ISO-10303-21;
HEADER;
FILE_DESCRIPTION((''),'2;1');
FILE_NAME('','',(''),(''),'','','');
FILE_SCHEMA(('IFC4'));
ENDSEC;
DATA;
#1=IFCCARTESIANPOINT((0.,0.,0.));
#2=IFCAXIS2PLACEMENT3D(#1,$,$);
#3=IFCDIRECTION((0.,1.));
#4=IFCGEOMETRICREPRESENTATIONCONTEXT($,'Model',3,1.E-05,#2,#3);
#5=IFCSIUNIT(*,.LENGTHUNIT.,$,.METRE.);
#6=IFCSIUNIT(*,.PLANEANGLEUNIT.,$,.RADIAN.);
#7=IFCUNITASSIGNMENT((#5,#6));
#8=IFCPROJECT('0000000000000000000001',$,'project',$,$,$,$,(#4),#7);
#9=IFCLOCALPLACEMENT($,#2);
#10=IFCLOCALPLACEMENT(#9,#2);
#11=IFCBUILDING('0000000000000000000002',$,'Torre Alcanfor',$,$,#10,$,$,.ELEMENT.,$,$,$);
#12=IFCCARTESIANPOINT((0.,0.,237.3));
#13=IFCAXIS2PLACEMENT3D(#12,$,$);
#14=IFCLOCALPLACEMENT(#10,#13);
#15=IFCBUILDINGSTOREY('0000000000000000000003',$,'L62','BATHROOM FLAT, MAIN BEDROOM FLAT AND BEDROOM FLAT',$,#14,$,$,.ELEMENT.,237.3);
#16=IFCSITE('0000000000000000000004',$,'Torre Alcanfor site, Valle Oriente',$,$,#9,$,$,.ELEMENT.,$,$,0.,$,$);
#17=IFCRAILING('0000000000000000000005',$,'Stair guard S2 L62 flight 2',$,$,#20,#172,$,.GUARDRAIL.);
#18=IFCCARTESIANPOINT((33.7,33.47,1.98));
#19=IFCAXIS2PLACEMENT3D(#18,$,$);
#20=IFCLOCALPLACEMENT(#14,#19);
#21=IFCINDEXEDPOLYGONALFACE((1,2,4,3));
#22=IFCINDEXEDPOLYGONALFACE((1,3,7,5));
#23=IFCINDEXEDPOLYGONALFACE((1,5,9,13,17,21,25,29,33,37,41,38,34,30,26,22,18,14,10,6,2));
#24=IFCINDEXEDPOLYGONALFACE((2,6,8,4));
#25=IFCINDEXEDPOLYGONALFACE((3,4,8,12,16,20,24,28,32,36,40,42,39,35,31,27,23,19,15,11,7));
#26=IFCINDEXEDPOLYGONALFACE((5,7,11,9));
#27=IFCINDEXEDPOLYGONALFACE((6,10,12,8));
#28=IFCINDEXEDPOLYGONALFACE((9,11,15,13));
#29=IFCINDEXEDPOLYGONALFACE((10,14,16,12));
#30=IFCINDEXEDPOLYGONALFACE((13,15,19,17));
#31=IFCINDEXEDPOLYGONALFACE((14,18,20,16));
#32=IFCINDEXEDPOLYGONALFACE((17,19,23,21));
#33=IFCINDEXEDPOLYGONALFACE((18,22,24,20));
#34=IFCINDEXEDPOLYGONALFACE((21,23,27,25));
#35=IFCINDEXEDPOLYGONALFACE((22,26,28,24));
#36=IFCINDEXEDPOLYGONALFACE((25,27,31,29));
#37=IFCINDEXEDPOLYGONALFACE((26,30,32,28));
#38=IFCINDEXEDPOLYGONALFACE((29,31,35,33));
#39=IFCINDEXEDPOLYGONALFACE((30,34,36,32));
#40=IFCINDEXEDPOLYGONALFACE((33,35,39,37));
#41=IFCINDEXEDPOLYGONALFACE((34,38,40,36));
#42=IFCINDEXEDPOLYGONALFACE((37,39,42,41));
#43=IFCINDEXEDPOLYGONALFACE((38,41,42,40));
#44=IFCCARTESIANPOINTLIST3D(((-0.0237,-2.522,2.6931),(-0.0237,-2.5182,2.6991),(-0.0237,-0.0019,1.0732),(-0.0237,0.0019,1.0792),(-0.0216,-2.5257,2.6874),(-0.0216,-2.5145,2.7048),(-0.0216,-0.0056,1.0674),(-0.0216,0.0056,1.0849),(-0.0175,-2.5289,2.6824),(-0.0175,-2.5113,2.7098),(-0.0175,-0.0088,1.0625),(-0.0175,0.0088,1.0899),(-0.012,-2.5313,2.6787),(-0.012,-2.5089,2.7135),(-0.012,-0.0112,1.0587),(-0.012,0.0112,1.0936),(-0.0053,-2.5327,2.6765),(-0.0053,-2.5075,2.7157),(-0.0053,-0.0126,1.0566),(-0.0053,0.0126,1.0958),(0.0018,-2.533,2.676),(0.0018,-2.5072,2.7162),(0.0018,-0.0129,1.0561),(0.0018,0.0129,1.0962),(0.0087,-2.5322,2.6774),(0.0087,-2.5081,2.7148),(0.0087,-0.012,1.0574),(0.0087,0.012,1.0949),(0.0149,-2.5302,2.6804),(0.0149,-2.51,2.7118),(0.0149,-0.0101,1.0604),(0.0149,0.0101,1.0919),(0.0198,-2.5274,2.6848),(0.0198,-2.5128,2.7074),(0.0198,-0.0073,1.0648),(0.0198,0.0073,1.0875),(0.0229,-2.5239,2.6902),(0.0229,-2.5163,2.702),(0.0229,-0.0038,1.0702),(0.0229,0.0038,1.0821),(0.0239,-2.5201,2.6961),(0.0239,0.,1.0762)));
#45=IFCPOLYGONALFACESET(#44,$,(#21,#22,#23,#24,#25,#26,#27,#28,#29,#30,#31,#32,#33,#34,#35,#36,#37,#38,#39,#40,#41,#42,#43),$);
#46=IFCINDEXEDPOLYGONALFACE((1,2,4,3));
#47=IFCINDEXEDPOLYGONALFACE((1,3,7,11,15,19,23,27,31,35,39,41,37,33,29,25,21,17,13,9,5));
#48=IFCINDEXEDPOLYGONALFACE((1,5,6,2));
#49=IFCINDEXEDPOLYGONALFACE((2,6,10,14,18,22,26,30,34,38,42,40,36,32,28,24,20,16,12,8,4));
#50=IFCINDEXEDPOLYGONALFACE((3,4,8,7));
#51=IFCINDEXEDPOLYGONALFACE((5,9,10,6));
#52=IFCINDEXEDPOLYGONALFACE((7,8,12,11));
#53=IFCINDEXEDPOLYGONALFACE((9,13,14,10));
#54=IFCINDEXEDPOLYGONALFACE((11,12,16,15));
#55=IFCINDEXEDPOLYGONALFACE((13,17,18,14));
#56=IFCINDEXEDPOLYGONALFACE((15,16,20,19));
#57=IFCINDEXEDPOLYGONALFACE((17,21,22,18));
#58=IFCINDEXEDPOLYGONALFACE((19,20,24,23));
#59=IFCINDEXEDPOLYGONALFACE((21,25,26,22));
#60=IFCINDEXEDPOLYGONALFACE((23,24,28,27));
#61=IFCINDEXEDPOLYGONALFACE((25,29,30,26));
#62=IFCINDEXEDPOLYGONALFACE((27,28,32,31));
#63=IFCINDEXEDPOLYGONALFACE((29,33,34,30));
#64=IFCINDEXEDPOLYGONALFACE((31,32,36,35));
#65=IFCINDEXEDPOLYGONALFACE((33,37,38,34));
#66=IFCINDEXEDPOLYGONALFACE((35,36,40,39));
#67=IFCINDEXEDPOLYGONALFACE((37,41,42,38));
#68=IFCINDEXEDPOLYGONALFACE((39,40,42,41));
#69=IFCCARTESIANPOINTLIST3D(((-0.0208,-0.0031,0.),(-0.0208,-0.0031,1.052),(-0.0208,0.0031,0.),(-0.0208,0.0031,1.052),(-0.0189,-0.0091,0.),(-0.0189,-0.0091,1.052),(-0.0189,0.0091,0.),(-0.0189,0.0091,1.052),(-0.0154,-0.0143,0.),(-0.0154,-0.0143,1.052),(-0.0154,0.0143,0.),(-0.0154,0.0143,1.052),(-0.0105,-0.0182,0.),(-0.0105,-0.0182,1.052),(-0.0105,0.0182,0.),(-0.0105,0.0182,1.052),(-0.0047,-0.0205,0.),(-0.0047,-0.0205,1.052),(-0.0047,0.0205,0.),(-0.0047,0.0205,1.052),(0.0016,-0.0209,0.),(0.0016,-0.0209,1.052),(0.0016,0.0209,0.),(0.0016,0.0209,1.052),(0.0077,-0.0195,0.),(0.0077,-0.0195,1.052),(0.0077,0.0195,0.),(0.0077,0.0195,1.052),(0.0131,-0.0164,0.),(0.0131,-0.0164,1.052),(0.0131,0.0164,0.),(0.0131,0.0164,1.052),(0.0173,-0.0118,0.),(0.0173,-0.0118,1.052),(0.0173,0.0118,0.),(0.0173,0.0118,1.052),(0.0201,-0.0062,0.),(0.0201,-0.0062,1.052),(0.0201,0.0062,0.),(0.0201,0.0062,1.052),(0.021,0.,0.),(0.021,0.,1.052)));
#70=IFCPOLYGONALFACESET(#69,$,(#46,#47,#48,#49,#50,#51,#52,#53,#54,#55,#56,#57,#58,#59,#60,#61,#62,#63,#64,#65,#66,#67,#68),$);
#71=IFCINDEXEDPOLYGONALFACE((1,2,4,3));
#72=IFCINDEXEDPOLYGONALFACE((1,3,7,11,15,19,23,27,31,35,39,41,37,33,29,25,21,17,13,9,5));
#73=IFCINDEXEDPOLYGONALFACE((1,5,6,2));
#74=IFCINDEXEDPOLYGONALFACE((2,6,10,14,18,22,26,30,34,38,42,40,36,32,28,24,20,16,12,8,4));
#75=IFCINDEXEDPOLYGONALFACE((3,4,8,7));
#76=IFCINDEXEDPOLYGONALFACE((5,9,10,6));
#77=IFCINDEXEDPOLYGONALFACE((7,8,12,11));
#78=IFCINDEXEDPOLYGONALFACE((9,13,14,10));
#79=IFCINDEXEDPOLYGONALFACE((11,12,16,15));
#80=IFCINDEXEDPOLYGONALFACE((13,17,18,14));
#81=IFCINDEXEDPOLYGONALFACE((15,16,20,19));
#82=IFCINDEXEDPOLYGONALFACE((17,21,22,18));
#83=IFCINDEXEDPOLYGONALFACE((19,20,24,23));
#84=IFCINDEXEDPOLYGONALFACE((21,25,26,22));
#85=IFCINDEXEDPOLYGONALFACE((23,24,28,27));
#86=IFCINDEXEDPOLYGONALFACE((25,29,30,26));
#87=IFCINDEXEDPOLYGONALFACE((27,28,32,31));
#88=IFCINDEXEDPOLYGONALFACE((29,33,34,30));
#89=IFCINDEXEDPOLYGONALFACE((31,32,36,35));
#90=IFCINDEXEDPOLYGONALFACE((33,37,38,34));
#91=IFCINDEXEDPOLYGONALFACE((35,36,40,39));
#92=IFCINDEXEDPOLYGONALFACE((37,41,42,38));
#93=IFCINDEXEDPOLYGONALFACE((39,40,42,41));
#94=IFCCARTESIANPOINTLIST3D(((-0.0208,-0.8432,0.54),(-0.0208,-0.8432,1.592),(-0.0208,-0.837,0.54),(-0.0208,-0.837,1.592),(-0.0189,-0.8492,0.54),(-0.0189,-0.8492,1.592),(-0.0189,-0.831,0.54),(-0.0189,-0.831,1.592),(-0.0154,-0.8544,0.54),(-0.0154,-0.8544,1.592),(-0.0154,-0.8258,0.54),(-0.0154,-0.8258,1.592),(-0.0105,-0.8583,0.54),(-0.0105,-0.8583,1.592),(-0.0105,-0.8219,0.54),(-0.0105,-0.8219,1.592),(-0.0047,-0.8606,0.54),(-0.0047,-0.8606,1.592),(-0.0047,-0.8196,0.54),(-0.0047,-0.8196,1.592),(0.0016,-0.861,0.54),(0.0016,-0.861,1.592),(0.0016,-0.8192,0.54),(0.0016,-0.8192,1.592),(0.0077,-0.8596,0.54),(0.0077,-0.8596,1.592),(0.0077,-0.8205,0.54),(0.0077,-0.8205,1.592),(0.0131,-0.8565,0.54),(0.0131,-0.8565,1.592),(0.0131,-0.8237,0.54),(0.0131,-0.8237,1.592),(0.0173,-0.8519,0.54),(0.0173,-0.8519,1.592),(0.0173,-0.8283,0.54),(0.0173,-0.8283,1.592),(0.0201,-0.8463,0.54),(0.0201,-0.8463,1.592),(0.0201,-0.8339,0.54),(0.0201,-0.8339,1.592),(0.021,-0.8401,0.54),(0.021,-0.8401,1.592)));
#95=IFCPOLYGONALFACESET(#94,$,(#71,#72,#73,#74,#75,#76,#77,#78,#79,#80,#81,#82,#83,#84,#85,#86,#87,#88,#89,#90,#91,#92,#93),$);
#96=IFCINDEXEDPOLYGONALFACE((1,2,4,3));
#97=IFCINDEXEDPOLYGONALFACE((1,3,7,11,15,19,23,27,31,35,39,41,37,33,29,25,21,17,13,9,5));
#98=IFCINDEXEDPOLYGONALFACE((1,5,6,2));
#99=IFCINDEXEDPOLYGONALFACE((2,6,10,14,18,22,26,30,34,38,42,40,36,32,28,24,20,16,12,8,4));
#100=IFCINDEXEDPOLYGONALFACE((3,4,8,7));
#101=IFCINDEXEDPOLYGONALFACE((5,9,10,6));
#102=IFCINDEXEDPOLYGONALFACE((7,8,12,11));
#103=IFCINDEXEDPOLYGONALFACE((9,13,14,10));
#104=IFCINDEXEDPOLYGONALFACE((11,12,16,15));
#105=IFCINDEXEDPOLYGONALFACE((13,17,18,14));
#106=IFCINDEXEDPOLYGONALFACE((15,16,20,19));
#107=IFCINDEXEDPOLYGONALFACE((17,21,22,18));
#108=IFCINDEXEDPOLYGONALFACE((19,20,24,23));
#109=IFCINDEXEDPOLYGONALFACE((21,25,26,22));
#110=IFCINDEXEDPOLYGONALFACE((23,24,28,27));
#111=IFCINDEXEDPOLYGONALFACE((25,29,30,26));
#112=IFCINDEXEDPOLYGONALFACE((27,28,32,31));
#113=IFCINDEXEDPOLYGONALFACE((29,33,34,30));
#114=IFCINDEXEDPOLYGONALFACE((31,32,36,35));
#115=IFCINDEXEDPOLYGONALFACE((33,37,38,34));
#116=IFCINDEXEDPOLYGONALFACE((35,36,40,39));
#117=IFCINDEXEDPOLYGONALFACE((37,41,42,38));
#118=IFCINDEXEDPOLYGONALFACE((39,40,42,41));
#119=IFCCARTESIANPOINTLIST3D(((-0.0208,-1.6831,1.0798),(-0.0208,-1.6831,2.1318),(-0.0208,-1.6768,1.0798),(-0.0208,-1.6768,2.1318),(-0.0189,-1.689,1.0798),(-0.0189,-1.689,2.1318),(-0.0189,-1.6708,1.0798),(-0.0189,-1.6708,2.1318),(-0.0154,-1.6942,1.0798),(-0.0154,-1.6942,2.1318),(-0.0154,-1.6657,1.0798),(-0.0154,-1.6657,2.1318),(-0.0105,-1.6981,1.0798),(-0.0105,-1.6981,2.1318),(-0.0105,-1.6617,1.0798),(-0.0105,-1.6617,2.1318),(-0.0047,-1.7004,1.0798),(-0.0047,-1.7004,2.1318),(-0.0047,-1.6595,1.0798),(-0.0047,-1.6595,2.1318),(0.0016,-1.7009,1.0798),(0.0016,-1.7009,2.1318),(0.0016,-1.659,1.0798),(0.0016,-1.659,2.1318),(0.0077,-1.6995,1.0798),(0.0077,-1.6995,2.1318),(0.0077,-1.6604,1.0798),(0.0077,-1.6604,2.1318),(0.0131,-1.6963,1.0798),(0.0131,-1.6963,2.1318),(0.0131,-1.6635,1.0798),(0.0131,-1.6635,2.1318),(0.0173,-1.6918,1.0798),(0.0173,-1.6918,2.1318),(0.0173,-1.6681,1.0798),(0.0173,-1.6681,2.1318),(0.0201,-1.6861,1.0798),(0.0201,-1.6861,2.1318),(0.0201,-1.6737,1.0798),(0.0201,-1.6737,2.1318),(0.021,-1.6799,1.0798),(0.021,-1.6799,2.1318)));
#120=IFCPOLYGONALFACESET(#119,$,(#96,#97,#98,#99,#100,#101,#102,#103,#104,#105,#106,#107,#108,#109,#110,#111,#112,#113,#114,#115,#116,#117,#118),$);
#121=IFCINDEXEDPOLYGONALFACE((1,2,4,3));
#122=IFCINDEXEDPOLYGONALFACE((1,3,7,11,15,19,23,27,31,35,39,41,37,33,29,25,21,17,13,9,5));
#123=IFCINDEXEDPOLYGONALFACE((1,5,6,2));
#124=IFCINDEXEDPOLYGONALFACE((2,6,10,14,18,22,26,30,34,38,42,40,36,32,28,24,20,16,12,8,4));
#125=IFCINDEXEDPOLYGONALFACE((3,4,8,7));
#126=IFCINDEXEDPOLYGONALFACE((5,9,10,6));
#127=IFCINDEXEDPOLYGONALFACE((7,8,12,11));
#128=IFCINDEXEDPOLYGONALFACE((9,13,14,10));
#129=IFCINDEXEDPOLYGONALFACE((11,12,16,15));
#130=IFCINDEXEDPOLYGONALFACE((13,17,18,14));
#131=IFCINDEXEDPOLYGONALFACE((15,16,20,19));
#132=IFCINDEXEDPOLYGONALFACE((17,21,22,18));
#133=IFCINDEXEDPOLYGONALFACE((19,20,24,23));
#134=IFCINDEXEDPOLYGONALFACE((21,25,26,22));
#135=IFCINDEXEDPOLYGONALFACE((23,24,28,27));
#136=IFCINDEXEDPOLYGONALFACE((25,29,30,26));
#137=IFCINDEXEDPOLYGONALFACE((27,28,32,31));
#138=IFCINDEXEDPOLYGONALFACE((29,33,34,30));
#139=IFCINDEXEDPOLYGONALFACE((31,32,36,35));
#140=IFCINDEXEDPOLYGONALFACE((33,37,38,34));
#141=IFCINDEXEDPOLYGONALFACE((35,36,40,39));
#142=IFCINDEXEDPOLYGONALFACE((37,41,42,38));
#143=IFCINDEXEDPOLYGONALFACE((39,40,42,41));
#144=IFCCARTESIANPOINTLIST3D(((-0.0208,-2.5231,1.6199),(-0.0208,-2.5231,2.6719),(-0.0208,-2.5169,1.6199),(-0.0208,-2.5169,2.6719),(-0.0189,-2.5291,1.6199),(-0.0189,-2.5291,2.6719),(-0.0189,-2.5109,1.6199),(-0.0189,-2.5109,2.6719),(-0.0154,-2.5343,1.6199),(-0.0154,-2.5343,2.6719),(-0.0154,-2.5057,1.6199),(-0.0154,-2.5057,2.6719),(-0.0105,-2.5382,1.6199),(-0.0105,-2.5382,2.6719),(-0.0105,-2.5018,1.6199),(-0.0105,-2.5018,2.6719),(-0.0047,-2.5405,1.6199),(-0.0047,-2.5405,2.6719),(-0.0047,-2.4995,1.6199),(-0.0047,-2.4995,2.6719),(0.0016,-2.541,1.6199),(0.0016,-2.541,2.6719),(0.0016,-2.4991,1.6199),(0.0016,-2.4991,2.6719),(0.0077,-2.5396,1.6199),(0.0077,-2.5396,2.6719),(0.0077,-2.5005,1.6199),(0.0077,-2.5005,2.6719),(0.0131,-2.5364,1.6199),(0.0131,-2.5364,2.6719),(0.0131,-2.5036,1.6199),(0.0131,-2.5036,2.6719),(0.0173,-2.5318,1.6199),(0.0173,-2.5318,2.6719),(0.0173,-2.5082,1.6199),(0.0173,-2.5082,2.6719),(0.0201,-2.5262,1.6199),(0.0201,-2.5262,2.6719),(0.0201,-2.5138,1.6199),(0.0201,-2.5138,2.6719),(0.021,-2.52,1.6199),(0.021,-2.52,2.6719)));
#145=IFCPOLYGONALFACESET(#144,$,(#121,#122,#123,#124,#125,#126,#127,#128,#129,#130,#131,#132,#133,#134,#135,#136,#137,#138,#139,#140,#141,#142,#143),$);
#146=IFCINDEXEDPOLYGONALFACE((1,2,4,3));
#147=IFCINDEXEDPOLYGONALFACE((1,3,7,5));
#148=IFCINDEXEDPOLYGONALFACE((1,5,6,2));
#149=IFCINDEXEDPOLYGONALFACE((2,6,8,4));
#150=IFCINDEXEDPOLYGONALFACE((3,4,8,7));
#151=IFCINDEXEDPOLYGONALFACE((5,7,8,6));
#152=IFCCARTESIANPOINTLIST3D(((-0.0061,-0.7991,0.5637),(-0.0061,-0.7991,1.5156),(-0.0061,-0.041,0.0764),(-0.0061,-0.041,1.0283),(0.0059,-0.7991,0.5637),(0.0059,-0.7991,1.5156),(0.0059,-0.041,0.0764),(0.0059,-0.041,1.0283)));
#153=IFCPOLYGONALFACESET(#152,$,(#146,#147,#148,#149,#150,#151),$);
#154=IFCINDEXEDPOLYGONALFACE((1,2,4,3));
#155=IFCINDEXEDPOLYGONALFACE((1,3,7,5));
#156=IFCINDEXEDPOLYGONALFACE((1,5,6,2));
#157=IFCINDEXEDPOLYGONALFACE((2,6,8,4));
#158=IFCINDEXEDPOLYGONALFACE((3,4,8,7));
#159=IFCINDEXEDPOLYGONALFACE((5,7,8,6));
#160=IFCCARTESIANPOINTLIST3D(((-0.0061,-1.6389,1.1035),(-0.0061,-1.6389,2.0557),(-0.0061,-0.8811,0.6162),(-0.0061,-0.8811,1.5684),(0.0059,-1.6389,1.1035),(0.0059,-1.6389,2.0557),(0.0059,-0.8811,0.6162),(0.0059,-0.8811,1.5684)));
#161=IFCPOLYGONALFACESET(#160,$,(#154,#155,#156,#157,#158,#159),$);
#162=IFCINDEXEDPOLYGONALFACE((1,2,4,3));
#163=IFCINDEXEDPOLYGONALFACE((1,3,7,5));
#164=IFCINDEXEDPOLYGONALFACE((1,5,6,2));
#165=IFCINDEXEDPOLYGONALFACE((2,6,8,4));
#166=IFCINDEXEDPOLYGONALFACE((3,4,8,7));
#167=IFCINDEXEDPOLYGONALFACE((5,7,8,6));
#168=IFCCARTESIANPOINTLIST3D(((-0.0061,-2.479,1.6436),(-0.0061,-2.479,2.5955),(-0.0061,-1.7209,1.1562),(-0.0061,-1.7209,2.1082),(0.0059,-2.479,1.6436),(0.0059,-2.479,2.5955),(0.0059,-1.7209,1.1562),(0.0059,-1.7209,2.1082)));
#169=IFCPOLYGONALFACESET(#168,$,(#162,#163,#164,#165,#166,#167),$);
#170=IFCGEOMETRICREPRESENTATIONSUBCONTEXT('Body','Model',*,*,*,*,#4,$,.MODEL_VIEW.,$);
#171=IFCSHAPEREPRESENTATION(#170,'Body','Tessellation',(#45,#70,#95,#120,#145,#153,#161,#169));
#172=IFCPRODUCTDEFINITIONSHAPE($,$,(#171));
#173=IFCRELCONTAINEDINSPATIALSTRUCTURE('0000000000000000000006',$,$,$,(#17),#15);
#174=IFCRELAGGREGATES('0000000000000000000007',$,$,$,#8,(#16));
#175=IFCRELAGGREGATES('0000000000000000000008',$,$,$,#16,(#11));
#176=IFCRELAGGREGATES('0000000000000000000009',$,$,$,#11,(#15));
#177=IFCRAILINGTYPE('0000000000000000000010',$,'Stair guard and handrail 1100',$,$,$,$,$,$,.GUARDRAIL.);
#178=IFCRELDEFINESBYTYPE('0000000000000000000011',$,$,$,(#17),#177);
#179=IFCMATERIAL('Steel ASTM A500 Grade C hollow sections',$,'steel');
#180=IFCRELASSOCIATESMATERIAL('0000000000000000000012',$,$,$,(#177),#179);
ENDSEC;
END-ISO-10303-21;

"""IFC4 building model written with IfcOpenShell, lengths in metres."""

from ifc_helpers import new_model, si_unit, direction, frame, origin, origin_2d, place, context, subcontext, project, spatial, polyline, circle, outline, extrude, material, type_object, element, save


model = new_model("IFC4")

# Units and contexts
model_context = context("Model", 3, precision=1e-05, world=origin(), true_north=direction((0.0, 1.0)))
body_context = subcontext(model_context, "Body", "Model", "MODEL_VIEW")
ifc_project = project(units=[si_unit("LENGTHUNIT", "METRE"), si_unit("PLANEANGLEUNIT", "RADIAN")], contexts=[model_context])

# Site, building, storey
site_placement = place(None, origin())
site = spatial("IfcSite", under=ifc_project, at=site_placement, Name="Torre Alcanfor site, Valle Oriente", CompositionType="ELEMENT", RefElevation=0.0)
building_placement = place(site_placement, origin())
building = spatial("IfcBuilding", under=site, at=building_placement, Name="Torre Alcanfor", CompositionType="ELEMENT")
storey_placement = place(building_placement, frame((0.0, 0.0, 237.3)))
storey = spatial("IfcBuildingStorey", under=building, at=storey_placement, Name="L62", Description="BATHROOM FLAT, MAIN BEDROOM FLAT AND BEDROOM FLAT", CompositionType="ELEMENT", Elevation=237.3)

# Railing
ifc_material_1 = material(Name="Steel ASTM A500 Grade C hollow sections", Category="steel")
railing_type_1 = type_object("IfcRailingType", Name="Stair guard and handrail 1100", PredefinedType="GUARDRAIL", material=ifc_material_1)
railing_1_placement = place(storey_placement, frame((33.7, 33.47, 1.98)))
element("IfcRailing", 1, at=railing_1_placement, inside=storey, type_object=railing_type_1, Name="Stair guard S2 L62 flight 2", PredefinedType="GUARDRAIL", context=body_context, shape_type="SweptSolid", body=[
    extrude(circle(Radius=0.0239, at=origin_2d()), frame((0.0, 0.0, 1.0762), z_axis=(0.0, -0.8412, 0.540725), x_axis=(1.0, 0.0, 0.0)), (0.0, 0.0, 1.0), 2.9958),
    extrude(circle(Radius=0.021, at=origin_2d()), origin(), (0.0, 0.0, 1.0), 1.052),
    extrude(circle(Radius=0.021, at=origin_2d()), frame((0.0, -0.8401, 0.54)), (0.0, 0.0, 1.0), 1.052),
    extrude(circle(Radius=0.021, at=origin_2d()), frame((0.0, -1.6799, 1.0798)), (0.0, 0.0, 1.0), 1.052),
    extrude(circle(Radius=0.021, at=origin_2d()), frame((0.0, -2.52, 1.6199)), (0.0, 0.0, 1.0), 1.052),
    extrude(outline(polyline([(0.041, 0.0764), (0.7991, 0.5637), (0.7991, 1.5156), (0.041, 1.0283), (0.041, 0.0764)])), frame((0.0059, 0.0, 0.0), z_axis=(-1.0, 0.0, 0.0), x_axis=(0.0, -1.0, 0.0)), (0.0, 0.0, 1.0), 0.012),
    extrude(outline(polyline([(0.8811, 0.6162), (1.6389, 1.1035), (1.6389, 2.0557), (0.8811, 1.5684), (0.8811, 0.6162)])), frame((0.0059, 0.0, 0.0), z_axis=(-1.0, 0.0, 0.0), x_axis=(0.0, -1.0, 0.0)), (0.0, 0.0, 1.0), 0.012),
    extrude(outline(polyline([(1.7209, 1.1562), (2.479, 1.6436), (2.479, 2.5955), (1.7209, 2.1082), (1.7209, 1.1562)])), frame((0.0059, 0.0, 0.0), z_axis=(-1.0, 0.0, 0.0), x_axis=(0.0, -1.0, 0.0)), (0.0, 0.0, 1.0), 0.012),
])

save(model, "model.ifc")
